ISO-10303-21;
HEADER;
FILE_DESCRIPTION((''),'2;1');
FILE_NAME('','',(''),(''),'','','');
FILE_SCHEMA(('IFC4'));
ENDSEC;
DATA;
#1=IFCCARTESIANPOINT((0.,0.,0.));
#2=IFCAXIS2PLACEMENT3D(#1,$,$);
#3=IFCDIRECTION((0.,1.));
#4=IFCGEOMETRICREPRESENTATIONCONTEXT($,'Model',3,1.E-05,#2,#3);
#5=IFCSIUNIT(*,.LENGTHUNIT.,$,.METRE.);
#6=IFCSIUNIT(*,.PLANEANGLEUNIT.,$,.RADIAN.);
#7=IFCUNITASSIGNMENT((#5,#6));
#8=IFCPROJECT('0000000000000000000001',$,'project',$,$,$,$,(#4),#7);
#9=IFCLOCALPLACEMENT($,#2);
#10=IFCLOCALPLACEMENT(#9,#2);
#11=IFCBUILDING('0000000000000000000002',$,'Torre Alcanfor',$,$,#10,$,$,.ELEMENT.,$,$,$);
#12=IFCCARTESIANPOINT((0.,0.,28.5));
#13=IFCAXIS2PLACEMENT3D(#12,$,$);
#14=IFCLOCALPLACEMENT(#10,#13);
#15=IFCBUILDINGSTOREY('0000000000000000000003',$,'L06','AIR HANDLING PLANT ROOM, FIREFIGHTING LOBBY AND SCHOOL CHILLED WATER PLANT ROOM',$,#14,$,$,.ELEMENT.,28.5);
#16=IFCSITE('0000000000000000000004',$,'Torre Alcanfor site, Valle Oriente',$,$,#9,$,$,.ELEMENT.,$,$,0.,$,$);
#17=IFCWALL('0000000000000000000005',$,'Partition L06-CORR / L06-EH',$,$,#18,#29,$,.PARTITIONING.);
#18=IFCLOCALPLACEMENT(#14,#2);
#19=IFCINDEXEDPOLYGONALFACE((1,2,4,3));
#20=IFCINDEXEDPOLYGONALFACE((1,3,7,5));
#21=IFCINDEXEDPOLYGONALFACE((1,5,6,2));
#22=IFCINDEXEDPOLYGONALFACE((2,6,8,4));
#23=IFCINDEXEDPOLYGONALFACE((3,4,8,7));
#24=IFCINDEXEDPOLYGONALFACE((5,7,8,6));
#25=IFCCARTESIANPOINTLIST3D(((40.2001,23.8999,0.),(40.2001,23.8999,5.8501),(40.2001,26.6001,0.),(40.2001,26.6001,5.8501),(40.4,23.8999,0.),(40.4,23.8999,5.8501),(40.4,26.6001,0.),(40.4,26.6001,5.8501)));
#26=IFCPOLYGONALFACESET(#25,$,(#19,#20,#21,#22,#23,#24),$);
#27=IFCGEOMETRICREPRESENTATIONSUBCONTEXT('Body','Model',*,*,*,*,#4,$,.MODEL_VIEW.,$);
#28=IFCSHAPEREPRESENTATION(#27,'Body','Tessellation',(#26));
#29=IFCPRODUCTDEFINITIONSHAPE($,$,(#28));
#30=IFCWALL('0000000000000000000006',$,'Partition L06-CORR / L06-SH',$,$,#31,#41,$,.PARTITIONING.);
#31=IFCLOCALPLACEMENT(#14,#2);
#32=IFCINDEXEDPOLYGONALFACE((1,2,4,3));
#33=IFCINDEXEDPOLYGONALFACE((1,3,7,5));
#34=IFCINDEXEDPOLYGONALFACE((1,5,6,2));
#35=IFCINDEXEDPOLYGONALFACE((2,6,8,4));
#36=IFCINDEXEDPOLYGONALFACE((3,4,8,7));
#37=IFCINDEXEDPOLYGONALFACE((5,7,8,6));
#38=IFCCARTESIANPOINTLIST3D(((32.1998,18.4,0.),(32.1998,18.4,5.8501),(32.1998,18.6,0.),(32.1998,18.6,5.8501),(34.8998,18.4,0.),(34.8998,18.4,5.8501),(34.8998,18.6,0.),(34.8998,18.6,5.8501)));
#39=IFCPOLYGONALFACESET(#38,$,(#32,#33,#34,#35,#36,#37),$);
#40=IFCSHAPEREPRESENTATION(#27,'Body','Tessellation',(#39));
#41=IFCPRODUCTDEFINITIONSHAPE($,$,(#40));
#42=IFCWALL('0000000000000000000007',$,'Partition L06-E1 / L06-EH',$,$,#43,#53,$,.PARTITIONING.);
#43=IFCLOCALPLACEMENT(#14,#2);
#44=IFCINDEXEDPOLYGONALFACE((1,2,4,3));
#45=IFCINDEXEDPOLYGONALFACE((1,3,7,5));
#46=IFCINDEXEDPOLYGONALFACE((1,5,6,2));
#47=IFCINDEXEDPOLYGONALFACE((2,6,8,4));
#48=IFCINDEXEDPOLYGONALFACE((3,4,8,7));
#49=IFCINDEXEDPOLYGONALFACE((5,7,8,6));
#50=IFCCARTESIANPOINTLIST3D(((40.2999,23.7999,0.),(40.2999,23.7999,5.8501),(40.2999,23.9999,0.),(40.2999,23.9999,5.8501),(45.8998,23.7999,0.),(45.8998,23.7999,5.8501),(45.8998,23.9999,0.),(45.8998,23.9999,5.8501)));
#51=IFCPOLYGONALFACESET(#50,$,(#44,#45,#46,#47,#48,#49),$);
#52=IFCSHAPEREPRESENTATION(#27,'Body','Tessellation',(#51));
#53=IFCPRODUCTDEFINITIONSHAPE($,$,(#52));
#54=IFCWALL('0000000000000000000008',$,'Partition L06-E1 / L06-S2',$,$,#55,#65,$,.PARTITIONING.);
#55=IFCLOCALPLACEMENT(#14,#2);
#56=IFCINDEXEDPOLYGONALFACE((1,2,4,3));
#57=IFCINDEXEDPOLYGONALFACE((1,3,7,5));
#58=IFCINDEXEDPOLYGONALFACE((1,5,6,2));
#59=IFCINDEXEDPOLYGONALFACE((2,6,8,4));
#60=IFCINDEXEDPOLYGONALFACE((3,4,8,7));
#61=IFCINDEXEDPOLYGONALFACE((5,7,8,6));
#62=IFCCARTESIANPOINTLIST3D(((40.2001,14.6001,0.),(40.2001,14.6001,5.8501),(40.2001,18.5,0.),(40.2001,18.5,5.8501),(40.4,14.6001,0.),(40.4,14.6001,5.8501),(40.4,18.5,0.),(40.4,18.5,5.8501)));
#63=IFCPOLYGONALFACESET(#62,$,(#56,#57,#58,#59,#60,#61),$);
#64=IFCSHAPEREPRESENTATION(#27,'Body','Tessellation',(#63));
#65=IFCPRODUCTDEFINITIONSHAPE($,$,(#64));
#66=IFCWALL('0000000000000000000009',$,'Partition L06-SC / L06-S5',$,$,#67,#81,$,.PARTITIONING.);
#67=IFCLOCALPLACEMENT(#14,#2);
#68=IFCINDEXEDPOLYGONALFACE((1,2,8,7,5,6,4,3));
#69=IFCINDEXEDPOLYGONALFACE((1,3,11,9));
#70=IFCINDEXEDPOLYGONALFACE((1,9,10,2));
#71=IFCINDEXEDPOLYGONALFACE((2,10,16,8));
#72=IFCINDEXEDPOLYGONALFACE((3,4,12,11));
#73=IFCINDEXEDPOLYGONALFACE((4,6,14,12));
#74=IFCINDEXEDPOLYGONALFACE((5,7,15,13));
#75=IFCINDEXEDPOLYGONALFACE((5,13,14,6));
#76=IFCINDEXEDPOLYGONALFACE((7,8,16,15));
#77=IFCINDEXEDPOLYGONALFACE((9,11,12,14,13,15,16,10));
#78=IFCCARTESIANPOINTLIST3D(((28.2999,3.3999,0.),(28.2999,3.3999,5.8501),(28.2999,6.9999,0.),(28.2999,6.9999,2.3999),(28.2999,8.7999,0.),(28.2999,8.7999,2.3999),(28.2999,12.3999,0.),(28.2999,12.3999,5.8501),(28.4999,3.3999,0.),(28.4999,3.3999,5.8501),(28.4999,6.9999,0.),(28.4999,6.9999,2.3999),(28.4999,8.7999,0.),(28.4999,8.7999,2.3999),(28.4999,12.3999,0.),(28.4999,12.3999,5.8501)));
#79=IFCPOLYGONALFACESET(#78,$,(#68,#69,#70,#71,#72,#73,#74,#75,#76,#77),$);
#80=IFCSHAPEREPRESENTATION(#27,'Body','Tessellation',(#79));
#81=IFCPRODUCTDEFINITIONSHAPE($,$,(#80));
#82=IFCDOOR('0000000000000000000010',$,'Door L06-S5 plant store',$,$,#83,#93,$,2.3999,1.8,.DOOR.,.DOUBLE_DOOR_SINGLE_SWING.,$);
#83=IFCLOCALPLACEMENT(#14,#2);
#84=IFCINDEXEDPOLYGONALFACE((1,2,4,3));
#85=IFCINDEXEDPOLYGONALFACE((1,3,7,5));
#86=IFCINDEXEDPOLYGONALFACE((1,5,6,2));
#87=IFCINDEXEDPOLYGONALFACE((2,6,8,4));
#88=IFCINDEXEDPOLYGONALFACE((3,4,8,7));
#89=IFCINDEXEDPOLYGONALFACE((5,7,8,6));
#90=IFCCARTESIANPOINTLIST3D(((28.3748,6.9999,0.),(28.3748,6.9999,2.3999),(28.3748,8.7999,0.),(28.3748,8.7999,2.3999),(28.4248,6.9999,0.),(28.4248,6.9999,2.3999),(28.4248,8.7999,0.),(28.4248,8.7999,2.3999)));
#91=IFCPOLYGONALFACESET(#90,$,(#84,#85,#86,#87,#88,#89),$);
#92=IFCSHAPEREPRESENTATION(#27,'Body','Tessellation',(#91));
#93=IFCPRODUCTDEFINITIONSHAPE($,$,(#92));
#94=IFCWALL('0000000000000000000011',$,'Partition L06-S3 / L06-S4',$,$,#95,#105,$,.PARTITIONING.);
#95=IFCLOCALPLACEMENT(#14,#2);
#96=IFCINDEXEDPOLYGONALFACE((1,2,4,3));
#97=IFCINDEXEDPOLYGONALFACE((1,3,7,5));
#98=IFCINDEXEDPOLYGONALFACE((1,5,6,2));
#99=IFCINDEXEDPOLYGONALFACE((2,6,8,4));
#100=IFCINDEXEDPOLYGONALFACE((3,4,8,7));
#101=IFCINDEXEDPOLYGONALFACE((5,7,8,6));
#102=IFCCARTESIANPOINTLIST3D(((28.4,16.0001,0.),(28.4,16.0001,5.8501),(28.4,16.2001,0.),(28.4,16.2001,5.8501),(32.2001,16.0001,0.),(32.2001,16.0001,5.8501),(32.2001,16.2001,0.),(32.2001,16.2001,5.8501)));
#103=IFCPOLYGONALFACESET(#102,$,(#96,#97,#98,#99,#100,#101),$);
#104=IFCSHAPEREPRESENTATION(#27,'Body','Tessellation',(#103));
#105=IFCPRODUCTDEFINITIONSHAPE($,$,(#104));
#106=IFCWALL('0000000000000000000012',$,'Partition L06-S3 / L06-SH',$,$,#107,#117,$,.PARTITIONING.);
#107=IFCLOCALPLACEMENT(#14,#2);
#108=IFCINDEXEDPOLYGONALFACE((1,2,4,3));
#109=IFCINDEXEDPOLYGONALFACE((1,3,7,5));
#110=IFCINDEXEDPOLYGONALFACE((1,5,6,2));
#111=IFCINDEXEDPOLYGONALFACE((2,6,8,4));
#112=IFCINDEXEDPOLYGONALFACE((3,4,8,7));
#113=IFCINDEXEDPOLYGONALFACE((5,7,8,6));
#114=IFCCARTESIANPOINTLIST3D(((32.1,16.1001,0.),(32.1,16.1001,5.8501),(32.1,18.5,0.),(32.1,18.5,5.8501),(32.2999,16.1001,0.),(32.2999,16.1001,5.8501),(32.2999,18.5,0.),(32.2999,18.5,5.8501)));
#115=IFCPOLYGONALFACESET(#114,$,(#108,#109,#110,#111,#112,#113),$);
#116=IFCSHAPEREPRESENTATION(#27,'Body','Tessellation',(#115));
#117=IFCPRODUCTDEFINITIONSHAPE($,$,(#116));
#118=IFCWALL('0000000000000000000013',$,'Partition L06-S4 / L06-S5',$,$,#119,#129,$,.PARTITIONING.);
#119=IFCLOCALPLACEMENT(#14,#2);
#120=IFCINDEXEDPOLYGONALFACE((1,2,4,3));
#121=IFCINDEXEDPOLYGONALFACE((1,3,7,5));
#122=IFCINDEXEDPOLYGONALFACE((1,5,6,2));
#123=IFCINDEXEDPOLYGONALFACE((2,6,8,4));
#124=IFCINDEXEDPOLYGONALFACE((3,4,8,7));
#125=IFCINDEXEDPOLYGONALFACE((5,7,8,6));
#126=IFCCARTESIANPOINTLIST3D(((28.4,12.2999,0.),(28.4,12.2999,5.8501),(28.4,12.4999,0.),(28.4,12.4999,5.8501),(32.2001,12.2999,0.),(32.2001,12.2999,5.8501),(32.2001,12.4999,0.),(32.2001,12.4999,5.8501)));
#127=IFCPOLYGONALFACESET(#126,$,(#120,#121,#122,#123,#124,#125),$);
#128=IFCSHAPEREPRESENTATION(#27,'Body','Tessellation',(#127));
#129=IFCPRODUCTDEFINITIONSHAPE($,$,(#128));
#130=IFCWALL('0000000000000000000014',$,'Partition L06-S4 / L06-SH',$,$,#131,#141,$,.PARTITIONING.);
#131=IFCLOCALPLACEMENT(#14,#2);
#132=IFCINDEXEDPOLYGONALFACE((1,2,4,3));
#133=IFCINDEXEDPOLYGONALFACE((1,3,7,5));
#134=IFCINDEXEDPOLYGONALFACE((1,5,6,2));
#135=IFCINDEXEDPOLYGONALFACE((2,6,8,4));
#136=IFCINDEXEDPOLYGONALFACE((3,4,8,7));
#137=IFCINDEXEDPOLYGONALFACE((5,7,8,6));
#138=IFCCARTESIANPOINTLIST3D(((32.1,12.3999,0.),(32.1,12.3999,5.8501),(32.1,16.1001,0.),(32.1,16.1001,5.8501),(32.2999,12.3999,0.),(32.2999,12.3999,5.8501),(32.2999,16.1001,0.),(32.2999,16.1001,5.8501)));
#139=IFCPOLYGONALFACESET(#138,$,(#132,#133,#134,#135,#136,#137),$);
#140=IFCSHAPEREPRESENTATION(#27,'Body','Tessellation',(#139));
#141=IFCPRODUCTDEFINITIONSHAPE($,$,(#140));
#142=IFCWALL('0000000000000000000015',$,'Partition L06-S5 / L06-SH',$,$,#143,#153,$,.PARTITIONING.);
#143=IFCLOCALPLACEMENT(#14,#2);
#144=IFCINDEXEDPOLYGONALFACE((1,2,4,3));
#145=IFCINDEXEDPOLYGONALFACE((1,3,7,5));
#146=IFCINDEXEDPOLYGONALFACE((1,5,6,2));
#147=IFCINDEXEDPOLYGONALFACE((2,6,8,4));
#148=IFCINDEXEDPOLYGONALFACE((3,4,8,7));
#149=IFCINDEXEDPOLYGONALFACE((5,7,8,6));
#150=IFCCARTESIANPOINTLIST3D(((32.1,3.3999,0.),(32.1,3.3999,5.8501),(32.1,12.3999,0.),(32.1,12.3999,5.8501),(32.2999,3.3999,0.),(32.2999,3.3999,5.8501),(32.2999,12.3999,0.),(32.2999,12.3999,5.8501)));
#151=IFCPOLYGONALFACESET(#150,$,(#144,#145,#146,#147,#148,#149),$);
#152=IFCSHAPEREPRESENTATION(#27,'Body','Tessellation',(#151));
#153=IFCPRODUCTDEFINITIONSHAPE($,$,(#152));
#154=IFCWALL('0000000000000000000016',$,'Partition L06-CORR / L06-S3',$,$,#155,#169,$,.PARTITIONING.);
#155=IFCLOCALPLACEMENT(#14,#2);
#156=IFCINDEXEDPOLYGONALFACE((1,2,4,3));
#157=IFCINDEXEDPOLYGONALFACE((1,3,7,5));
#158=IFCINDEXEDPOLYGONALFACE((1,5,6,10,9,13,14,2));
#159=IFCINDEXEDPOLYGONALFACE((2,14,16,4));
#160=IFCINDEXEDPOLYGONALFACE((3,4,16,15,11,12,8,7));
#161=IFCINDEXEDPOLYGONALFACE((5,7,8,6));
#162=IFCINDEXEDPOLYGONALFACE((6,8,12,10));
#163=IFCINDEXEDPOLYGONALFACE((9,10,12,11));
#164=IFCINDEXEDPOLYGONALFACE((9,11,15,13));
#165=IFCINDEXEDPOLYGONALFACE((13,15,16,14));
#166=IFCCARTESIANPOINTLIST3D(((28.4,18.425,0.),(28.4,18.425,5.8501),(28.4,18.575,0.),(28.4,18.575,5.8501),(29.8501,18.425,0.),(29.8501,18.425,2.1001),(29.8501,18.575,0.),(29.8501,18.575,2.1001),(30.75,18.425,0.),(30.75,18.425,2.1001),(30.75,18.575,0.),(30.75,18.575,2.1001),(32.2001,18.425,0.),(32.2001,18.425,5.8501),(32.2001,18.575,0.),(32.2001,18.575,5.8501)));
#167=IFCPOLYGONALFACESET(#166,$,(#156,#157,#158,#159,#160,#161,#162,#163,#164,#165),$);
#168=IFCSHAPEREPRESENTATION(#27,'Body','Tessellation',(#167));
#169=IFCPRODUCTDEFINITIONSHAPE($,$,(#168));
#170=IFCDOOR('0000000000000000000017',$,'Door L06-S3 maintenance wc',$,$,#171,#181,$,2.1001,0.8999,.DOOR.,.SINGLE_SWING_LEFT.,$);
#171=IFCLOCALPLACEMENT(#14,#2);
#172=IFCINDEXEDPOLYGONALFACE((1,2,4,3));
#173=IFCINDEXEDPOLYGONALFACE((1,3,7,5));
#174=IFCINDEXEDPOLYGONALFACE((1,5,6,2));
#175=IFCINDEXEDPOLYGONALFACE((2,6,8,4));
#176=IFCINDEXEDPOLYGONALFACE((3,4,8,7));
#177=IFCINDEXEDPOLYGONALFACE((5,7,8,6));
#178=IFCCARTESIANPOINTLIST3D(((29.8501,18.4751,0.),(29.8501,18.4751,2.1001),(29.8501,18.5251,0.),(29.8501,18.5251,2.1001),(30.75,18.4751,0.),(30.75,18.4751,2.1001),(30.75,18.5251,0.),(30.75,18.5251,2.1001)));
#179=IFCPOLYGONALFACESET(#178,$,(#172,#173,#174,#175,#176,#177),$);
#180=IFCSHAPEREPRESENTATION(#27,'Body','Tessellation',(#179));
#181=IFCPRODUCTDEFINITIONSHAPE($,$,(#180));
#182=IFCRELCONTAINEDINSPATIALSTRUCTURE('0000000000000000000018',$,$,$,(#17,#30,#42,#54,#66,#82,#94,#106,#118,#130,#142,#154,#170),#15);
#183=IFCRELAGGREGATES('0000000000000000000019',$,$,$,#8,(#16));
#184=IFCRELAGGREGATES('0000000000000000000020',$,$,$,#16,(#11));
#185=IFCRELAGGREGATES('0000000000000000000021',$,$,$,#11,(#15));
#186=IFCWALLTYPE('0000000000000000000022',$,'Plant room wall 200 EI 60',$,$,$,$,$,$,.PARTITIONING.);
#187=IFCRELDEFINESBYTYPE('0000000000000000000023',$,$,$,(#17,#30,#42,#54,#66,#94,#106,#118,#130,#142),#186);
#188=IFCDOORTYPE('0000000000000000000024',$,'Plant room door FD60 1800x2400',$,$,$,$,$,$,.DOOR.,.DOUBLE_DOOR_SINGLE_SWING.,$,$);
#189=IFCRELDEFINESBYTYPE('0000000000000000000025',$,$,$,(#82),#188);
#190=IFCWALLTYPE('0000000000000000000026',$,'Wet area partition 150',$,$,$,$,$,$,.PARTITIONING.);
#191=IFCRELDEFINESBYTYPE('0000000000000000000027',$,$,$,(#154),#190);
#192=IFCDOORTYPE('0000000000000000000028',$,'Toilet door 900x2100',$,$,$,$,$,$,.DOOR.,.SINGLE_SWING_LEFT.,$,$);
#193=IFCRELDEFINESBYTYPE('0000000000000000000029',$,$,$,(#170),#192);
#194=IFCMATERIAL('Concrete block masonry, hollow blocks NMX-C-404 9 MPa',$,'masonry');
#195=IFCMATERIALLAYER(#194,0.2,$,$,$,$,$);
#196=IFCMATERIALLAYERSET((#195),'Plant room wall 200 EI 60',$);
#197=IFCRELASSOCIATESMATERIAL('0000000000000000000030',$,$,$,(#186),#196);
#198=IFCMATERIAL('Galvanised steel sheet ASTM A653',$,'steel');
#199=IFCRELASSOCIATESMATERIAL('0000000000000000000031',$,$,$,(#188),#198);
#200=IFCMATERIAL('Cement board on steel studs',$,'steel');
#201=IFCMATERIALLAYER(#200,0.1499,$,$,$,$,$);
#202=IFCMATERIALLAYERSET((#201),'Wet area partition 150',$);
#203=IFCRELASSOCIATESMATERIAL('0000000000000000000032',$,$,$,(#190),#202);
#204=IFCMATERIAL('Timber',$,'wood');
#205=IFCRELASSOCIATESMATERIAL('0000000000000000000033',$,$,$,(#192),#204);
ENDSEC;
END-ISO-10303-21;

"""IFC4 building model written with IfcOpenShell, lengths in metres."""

from ifc_helpers import new_model, si_unit, direction, frame, frame_2d, origin, place, context, subcontext, project, spatial, rectangle, extrude, material, layer, layer_set, type_object, element, fill, save


model = new_model("IFC4")

# Units and contexts
model_context = context("Model", 3, precision=1e-05, world=origin(), true_north=direction((0.0, 1.0)))
body_context = subcontext(model_context, "Body", "Model", "MODEL_VIEW")
ifc_project = project(units=[si_unit("LENGTHUNIT", "METRE"), si_unit("PLANEANGLEUNIT", "RADIAN")], contexts=[model_context])

# Site, building, storey
site_placement = place(None, origin())
site = spatial("IfcSite", under=ifc_project, at=site_placement, Name="Torre Alcanfor site, Valle Oriente", CompositionType="ELEMENT", RefElevation=0.0)
building_placement = place(site_placement, origin())
building = spatial("IfcBuilding", under=site, at=building_placement, Name="Torre Alcanfor", CompositionType="ELEMENT")
storey_placement = place(building_placement, frame((0.0, 0.0, 28.5)))
storey = spatial("IfcBuildingStorey", under=building, at=storey_placement, Name="L06", Description="AIR HANDLING PLANT ROOM, FIREFIGHTING LOBBY AND SCHOOL CHILLED WATER PLANT ROOM", CompositionType="ELEMENT", Elevation=28.5)

# Shared definitions
ifc_material_1 = material(Name="Concrete block masonry, hollow blocks NMX-C-404 9 MPa", Category="masonry")
ifc_layer_1 = layer(ifc_material_1, 0.2)
ifc_layer_set_1 = layer_set([ifc_layer_1], Name="Plant room wall 200 EI 60")
wall_type_1 = type_object("IfcWallType", Name="Plant room wall 200 EI 60", PredefinedType="PARTITIONING", material=ifc_layer_set_1)
ifc_material_2 = material(Name="Galvanised steel sheet ASTM A653", Category="steel")
door_type_1 = type_object("IfcDoorType", Name="Plant room door FD60 1800x2400", OperationType="DOUBLE_DOOR_SINGLE_SWING", PredefinedType="DOOR", material=ifc_material_2)

# Wall
wall_1_placement = place(storey_placement, frame((40.3, 26.6001, 0.0), z_axis=(0.0, 0.0, 1.0), x_axis=(0.0, -1.0, 0.0)))
element("IfcWall", 1, at=wall_1_placement, inside=storey, type_object=wall_type_1, Name="Partition L06-CORR / L06-EH", PredefinedType="PARTITIONING", context=body_context, shape_type="SweptSolid", body=[
    extrude(rectangle(XDim=2.7002, YDim=0.2, at=frame_2d((1.3501, 0.0))), origin(), (0.0, 0.0, 1.0), 5.8501),
])

# Walls
wall_2_placement = place(storey_placement, frame((34.8999, 18.5, 0.0), z_axis=(0.0, 0.0, 1.0), x_axis=(-1.0, 0.0, 0.0)))
element("IfcWall", 2, at=wall_2_placement, inside=storey, type_object=wall_type_1, Name="Partition L06-CORR / L06-SH", PredefinedType="PARTITIONING", context=body_context, shape_type="SweptSolid", body=[
    extrude(rectangle(XDim=2.7, YDim=0.2, at=frame_2d((1.3501, 0.0))), origin(), (0.0, 0.0, 1.0), 5.8501),
])
wall_3_placement = place(storey_placement, frame((40.3, 23.8999, 0.0), z_axis=(0.0, 0.0, 1.0), x_axis=(1.0, 0.0, 0.0)))
element("IfcWall", 3, at=wall_3_placement, inside=storey, type_object=wall_type_1, Name="Partition L06-E1 / L06-EH", PredefinedType="PARTITIONING", context=body_context, shape_type="SweptSolid", body=[
    extrude(rectangle(XDim=5.5999, YDim=0.2, at=frame_2d((2.7998, 0.0))), origin(), (0.0, 0.0, 1.0), 5.8501),
])
wall_4_placement = place(storey_placement, frame((40.3, 14.6001, 0.0), z_axis=(0.0, 0.0, 1.0), x_axis=(0.0, 1.0, 0.0)))
element("IfcWall", 4, at=wall_4_placement, inside=storey, type_object=wall_type_1, Name="Partition L06-E1 / L06-S2", PredefinedType="PARTITIONING", context=body_context, shape_type="SweptSolid", body=[
    extrude(rectangle(XDim=3.8999, YDim=0.2, at=frame_2d((1.95, 0.0))), origin(), (0.0, 0.0, 1.0), 5.8501),
])

# Wall, opening, door
wall_5_placement = place(storey_placement, frame((28.3999, 12.3999, 0.0), z_axis=(0.0, 0.0, 1.0), x_axis=(0.0, -1.0, 0.0)))
wall_5 = element("IfcWall", 5, at=wall_5_placement, inside=storey, type_object=wall_type_1, Name="Partition L06-SC / L06-S5", PredefinedType="PARTITIONING", context=body_context, shape_type="SweptSolid", body=[
    extrude(rectangle(XDim=9.0, YDim=0.2, at=frame_2d((4.5, 0.0))), origin(), (0.0, 0.0, 1.0), 5.8501),
])
opening_1_placement = place(wall_5_placement, frame((3.6001, 0.0, 0.0)))
opening_1 = element("IfcOpeningElement", 6, at=opening_1_placement, cuts=wall_5, PredefinedType="OPENING", context=body_context, shape_type="SweptSolid", body=[
    extrude(rectangle(XDim=1.8, YDim=2.3999, at=frame_2d((0.8999, 1.2))), frame((0.0, 0.1099, 0.0), z_axis=(0.0, -1.0, 0.0), x_axis=(1.0, 0.0, 0.0)), (0.0, 0.0, 1.0), 0.22),
])
door_1_placement = place(opening_1_placement, origin())
door_1 = element("IfcDoor", 7, at=door_1_placement, inside=storey, type_object=door_type_1, Name="Door L06-S5 plant store", OperationType="DOUBLE_DOOR_SINGLE_SWING", OverallHeight=2.3999, OverallWidth=1.8, PredefinedType="DOOR", context=body_context, shape_type="SweptSolid", body=[
    extrude(rectangle(XDim=1.8, YDim=2.3999, at=frame_2d((0.8999, 1.2))), frame((0.0, 0.0249, 0.0), z_axis=(0.0, -1.0, 0.0), x_axis=(1.0, 0.0, 0.0)), (0.0, 0.0, 1.0), 0.05),
])
fill(opening_1, door_1)

# Walls
wall_6_placement = place(storey_placement, frame((32.2, 16.1001, 0.0), z_axis=(0.0, 0.0, 1.0), x_axis=(-1.0, 0.0, 0.0)))
element("IfcWall", 8, at=wall_6_placement, inside=storey, type_object=wall_type_1, Name="Partition L06-S3 / L06-S4", PredefinedType="PARTITIONING", context=body_context, shape_type="SweptSolid", body=[
    extrude(rectangle(XDim=3.8, YDim=0.2, at=frame_2d((1.8999, 0.0))), origin(), (0.0, 0.0, 1.0), 5.8501),
])
wall_7_placement = place(storey_placement, frame((32.2, 18.5, 0.0), z_axis=(0.0, 0.0, 1.0), x_axis=(0.0, -1.0, 0.0)))
element("IfcWall", 9, at=wall_7_placement, inside=storey, type_object=wall_type_1, Name="Partition L06-S3 / L06-SH", PredefinedType="PARTITIONING", context=body_context, shape_type="SweptSolid", body=[
    extrude(rectangle(XDim=2.3999, YDim=0.2, at=frame_2d((1.2, 0.0))), origin(), (0.0, 0.0, 1.0), 5.8501),
])
wall_8_placement = place(storey_placement, frame((32.2, 12.3999, 0.0), z_axis=(0.0, 0.0, 1.0), x_axis=(-1.0, 0.0, 0.0)))
element("IfcWall", 10, at=wall_8_placement, inside=storey, type_object=wall_type_1, Name="Partition L06-S4 / L06-S5", PredefinedType="PARTITIONING", context=body_context, shape_type="SweptSolid", body=[
    extrude(rectangle(XDim=3.8, YDim=0.2, at=frame_2d((1.8999, 0.0))), origin(), (0.0, 0.0, 1.0), 5.8501),
])
wall_9_placement = place(storey_placement, frame((32.2, 16.1001, 0.0), z_axis=(0.0, 0.0, 1.0), x_axis=(0.0, -1.0, 0.0)))
element("IfcWall", 11, at=wall_9_placement, inside=storey, type_object=wall_type_1, Name="Partition L06-S4 / L06-SH", PredefinedType="PARTITIONING", context=body_context, shape_type="SweptSolid", body=[
    extrude(rectangle(XDim=3.7002, YDim=0.2, at=frame_2d((1.8501, 0.0))), origin(), (0.0, 0.0, 1.0), 5.8501),
])
wall_10_placement = place(storey_placement, frame((32.2, 12.3999, 0.0), z_axis=(0.0, 0.0, 1.0), x_axis=(0.0, -1.0, 0.0)))
element("IfcWall", 12, at=wall_10_placement, inside=storey, type_object=wall_type_1, Name="Partition L06-S5 / L06-SH", PredefinedType="PARTITIONING", context=body_context, shape_type="SweptSolid", body=[
    extrude(rectangle(XDim=9.0, YDim=0.2, at=frame_2d((4.5, 0.0))), origin(), (0.0, 0.0, 1.0), 5.8501),
])

# Wall, opening, door
ifc_material_3 = material(Name="Cement board on steel studs", Category="steel")
ifc_layer_2 = layer(ifc_material_3, 0.1499)
ifc_layer_set_2 = layer_set([ifc_layer_2], Name="Wet area partition 150")
wall_type_2 = type_object("IfcWallType", Name="Wet area partition 150", PredefinedType="PARTITIONING", material=ifc_layer_set_2)
wall_11_placement = place(storey_placement, frame((32.2, 18.5, 0.0), z_axis=(0.0, 0.0, 1.0), x_axis=(-1.0, 0.0, 0.0)))
wall_11 = element("IfcWall", 13, at=wall_11_placement, inside=storey, type_object=wall_type_2, Name="Partition L06-CORR / L06-S3", PredefinedType="PARTITIONING", context=body_context, shape_type="SweptSolid", body=[
    extrude(rectangle(XDim=3.8, YDim=0.1499, at=frame_2d((1.8999, 0.0))), origin(), (0.0, 0.0, 1.0), 5.8501),
])
opening_2_placement = place(wall_11_placement, frame((1.45, 0.0, 0.0)))
opening_2 = element("IfcOpeningElement", 14, at=opening_2_placement, cuts=wall_11, PredefinedType="OPENING", context=body_context, shape_type="SweptSolid", body=[
    extrude(rectangle(XDim=0.8999, YDim=2.1001, at=frame_2d((0.45, 1.05))), frame((0.0, 0.085, 0.0), z_axis=(0.0, -1.0, 0.0), x_axis=(1.0, 0.0, 0.0)), (0.0, 0.0, 1.0), 0.1699),
])
ifc_material_4 = material(Name="Timber", Category="wood")
door_type_2 = type_object("IfcDoorType", Name="Toilet door 900x2100", OperationType="SINGLE_SWING_LEFT", PredefinedType="DOOR", material=ifc_material_4)
door_2_placement = place(opening_2_placement, origin())
door_2 = element("IfcDoor", 15, at=door_2_placement, inside=storey, type_object=door_type_2, Name="Door L06-S3 maintenance wc", OperationType="SINGLE_SWING_LEFT", OverallHeight=2.1001, OverallWidth=0.8999, PredefinedType="DOOR", context=body_context, shape_type="SweptSolid", body=[
    extrude(rectangle(XDim=0.8999, YDim=2.1001, at=frame_2d((0.45, 1.05))), frame((0.0, 0.0249, 0.0), z_axis=(0.0, -1.0, 0.0), x_axis=(1.0, 0.0, 0.0)), (0.0, 0.0, 1.0), 0.05),
])
fill(opening_2, door_2)

save(model, "model.ifc")
